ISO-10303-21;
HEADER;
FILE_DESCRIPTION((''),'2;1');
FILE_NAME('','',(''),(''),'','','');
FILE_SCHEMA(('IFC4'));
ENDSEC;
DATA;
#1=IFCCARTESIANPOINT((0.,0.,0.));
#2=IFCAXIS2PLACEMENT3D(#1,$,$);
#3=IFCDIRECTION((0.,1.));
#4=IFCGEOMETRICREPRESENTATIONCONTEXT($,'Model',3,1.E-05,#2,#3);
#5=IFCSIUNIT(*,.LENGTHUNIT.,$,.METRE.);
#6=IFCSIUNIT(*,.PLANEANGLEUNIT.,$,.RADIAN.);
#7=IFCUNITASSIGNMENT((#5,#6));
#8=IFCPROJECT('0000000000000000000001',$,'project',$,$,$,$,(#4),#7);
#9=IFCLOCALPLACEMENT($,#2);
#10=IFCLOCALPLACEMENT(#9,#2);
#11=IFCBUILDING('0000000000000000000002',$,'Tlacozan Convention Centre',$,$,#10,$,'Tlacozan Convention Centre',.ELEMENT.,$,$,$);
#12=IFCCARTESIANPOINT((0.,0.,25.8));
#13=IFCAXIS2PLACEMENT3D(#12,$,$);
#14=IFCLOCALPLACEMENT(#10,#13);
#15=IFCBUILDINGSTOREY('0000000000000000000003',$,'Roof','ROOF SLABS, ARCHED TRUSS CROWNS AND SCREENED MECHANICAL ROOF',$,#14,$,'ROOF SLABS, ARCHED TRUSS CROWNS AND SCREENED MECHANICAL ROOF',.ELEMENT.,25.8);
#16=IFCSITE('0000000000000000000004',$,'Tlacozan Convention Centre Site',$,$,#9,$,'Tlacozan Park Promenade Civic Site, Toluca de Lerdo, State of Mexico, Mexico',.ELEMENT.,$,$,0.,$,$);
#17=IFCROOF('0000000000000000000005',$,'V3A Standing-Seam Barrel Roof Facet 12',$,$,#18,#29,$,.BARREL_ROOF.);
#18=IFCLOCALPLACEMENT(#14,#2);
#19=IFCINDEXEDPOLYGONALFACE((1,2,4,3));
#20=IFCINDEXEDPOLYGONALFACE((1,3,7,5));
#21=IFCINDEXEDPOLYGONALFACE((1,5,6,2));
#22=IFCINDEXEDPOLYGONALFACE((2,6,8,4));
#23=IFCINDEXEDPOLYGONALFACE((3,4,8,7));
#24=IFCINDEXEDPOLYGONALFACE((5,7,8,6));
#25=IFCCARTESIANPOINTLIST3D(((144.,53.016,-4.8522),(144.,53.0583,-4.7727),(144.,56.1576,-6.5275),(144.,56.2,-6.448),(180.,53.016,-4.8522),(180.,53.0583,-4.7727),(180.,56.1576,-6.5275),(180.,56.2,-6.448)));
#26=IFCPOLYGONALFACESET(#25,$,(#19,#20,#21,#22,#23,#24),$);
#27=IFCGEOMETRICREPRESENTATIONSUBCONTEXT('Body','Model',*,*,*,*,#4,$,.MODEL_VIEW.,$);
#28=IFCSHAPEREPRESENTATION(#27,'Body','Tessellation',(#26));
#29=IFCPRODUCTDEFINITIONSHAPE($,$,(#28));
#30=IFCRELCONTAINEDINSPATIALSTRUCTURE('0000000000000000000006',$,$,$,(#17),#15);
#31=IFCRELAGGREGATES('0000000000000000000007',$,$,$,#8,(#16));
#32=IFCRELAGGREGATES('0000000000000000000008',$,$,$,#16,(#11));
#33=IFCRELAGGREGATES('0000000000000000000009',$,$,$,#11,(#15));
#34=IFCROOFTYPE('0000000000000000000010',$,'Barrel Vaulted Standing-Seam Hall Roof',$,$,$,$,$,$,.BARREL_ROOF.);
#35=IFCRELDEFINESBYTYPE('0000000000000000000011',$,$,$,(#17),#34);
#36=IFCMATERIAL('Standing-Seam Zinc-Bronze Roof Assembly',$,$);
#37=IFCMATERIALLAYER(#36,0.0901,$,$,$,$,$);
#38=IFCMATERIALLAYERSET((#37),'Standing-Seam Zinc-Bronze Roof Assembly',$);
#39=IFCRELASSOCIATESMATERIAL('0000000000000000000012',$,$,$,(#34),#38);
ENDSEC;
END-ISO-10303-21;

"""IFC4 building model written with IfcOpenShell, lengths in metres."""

from ifc_helpers import new_model, si_unit, direction, frame, origin, place, context, subcontext, project, spatial, polyline, outline, extrude, material, layer, layer_set, type_object, element, save


model = new_model("IFC4")

# Units and contexts
model_context = context("Model", 3, precision=1e-05, world=origin(), true_north=direction((0.0, 1.0)))
body_context = subcontext(model_context, "Body", "Model", "MODEL_VIEW")
ifc_project = project(units=[si_unit("LENGTHUNIT", "METRE"), si_unit("PLANEANGLEUNIT", "RADIAN")], contexts=[model_context])

# Site, building, storey
site_placement = place(None, origin())
site = spatial("IfcSite", under=ifc_project, at=site_placement, Name="Tlacozan Convention Centre Site", LongName="Tlacozan Park Promenade Civic Site, Toluca de Lerdo, State of Mexico, Mexico", CompositionType="ELEMENT", RefElevation=0.0)
building_placement = place(site_placement, origin())
building = spatial("IfcBuilding", under=site, at=building_placement, Name="Tlacozan Convention Centre", LongName="Tlacozan Convention Centre", CompositionType="ELEMENT")
storey_placement = place(building_placement, frame((0.0, 0.0, 25.8)))
storey = spatial("IfcBuildingStorey", under=building, at=storey_placement, Name="Roof", Description="ROOF SLABS, ARCHED TRUSS CROWNS AND SCREENED MECHANICAL ROOF", LongName="ROOF SLABS, ARCHED TRUSS CROWNS AND SCREENED MECHANICAL ROOF", CompositionType="ELEMENT", Elevation=25.8)

# Roof
ifc_material_1 = material(Name="Standing-Seam Zinc-Bronze Roof Assembly")
ifc_layer_1 = layer(ifc_material_1, 0.0901)
ifc_layer_set_1 = layer_set([ifc_layer_1], Name="Standing-Seam Zinc-Bronze Roof Assembly")
roof_type = type_object("IfcRoofType", Name="Barrel Vaulted Standing-Seam Hall Roof", PredefinedType="BARREL_ROOF", material=ifc_layer_set_1)
roof_1_placement = place(storey_placement, frame((144.0, 53.0583, -4.7727), z_axis=(0.0, 0.470538, 0.88238), x_axis=(1.0, 0.0, 0.0)))
element("IfcRoof", 1, at=roof_1_placement, inside=storey, type_object=roof_type, Name="V3A Standing-Seam Barrel Roof Facet 12", PredefinedType="BARREL_ROOF", context=body_context, shape_type="SweptSolid", body=[
    extrude(outline(polyline([(0.0, 0.0), (36.0, 0.0), (36.0, 3.5604), (0.0, 3.5604), (0.0, 0.0)])), origin(), (0.0, 0.0, -1.0), 0.0901),
])

save(model, "model.ifc")
